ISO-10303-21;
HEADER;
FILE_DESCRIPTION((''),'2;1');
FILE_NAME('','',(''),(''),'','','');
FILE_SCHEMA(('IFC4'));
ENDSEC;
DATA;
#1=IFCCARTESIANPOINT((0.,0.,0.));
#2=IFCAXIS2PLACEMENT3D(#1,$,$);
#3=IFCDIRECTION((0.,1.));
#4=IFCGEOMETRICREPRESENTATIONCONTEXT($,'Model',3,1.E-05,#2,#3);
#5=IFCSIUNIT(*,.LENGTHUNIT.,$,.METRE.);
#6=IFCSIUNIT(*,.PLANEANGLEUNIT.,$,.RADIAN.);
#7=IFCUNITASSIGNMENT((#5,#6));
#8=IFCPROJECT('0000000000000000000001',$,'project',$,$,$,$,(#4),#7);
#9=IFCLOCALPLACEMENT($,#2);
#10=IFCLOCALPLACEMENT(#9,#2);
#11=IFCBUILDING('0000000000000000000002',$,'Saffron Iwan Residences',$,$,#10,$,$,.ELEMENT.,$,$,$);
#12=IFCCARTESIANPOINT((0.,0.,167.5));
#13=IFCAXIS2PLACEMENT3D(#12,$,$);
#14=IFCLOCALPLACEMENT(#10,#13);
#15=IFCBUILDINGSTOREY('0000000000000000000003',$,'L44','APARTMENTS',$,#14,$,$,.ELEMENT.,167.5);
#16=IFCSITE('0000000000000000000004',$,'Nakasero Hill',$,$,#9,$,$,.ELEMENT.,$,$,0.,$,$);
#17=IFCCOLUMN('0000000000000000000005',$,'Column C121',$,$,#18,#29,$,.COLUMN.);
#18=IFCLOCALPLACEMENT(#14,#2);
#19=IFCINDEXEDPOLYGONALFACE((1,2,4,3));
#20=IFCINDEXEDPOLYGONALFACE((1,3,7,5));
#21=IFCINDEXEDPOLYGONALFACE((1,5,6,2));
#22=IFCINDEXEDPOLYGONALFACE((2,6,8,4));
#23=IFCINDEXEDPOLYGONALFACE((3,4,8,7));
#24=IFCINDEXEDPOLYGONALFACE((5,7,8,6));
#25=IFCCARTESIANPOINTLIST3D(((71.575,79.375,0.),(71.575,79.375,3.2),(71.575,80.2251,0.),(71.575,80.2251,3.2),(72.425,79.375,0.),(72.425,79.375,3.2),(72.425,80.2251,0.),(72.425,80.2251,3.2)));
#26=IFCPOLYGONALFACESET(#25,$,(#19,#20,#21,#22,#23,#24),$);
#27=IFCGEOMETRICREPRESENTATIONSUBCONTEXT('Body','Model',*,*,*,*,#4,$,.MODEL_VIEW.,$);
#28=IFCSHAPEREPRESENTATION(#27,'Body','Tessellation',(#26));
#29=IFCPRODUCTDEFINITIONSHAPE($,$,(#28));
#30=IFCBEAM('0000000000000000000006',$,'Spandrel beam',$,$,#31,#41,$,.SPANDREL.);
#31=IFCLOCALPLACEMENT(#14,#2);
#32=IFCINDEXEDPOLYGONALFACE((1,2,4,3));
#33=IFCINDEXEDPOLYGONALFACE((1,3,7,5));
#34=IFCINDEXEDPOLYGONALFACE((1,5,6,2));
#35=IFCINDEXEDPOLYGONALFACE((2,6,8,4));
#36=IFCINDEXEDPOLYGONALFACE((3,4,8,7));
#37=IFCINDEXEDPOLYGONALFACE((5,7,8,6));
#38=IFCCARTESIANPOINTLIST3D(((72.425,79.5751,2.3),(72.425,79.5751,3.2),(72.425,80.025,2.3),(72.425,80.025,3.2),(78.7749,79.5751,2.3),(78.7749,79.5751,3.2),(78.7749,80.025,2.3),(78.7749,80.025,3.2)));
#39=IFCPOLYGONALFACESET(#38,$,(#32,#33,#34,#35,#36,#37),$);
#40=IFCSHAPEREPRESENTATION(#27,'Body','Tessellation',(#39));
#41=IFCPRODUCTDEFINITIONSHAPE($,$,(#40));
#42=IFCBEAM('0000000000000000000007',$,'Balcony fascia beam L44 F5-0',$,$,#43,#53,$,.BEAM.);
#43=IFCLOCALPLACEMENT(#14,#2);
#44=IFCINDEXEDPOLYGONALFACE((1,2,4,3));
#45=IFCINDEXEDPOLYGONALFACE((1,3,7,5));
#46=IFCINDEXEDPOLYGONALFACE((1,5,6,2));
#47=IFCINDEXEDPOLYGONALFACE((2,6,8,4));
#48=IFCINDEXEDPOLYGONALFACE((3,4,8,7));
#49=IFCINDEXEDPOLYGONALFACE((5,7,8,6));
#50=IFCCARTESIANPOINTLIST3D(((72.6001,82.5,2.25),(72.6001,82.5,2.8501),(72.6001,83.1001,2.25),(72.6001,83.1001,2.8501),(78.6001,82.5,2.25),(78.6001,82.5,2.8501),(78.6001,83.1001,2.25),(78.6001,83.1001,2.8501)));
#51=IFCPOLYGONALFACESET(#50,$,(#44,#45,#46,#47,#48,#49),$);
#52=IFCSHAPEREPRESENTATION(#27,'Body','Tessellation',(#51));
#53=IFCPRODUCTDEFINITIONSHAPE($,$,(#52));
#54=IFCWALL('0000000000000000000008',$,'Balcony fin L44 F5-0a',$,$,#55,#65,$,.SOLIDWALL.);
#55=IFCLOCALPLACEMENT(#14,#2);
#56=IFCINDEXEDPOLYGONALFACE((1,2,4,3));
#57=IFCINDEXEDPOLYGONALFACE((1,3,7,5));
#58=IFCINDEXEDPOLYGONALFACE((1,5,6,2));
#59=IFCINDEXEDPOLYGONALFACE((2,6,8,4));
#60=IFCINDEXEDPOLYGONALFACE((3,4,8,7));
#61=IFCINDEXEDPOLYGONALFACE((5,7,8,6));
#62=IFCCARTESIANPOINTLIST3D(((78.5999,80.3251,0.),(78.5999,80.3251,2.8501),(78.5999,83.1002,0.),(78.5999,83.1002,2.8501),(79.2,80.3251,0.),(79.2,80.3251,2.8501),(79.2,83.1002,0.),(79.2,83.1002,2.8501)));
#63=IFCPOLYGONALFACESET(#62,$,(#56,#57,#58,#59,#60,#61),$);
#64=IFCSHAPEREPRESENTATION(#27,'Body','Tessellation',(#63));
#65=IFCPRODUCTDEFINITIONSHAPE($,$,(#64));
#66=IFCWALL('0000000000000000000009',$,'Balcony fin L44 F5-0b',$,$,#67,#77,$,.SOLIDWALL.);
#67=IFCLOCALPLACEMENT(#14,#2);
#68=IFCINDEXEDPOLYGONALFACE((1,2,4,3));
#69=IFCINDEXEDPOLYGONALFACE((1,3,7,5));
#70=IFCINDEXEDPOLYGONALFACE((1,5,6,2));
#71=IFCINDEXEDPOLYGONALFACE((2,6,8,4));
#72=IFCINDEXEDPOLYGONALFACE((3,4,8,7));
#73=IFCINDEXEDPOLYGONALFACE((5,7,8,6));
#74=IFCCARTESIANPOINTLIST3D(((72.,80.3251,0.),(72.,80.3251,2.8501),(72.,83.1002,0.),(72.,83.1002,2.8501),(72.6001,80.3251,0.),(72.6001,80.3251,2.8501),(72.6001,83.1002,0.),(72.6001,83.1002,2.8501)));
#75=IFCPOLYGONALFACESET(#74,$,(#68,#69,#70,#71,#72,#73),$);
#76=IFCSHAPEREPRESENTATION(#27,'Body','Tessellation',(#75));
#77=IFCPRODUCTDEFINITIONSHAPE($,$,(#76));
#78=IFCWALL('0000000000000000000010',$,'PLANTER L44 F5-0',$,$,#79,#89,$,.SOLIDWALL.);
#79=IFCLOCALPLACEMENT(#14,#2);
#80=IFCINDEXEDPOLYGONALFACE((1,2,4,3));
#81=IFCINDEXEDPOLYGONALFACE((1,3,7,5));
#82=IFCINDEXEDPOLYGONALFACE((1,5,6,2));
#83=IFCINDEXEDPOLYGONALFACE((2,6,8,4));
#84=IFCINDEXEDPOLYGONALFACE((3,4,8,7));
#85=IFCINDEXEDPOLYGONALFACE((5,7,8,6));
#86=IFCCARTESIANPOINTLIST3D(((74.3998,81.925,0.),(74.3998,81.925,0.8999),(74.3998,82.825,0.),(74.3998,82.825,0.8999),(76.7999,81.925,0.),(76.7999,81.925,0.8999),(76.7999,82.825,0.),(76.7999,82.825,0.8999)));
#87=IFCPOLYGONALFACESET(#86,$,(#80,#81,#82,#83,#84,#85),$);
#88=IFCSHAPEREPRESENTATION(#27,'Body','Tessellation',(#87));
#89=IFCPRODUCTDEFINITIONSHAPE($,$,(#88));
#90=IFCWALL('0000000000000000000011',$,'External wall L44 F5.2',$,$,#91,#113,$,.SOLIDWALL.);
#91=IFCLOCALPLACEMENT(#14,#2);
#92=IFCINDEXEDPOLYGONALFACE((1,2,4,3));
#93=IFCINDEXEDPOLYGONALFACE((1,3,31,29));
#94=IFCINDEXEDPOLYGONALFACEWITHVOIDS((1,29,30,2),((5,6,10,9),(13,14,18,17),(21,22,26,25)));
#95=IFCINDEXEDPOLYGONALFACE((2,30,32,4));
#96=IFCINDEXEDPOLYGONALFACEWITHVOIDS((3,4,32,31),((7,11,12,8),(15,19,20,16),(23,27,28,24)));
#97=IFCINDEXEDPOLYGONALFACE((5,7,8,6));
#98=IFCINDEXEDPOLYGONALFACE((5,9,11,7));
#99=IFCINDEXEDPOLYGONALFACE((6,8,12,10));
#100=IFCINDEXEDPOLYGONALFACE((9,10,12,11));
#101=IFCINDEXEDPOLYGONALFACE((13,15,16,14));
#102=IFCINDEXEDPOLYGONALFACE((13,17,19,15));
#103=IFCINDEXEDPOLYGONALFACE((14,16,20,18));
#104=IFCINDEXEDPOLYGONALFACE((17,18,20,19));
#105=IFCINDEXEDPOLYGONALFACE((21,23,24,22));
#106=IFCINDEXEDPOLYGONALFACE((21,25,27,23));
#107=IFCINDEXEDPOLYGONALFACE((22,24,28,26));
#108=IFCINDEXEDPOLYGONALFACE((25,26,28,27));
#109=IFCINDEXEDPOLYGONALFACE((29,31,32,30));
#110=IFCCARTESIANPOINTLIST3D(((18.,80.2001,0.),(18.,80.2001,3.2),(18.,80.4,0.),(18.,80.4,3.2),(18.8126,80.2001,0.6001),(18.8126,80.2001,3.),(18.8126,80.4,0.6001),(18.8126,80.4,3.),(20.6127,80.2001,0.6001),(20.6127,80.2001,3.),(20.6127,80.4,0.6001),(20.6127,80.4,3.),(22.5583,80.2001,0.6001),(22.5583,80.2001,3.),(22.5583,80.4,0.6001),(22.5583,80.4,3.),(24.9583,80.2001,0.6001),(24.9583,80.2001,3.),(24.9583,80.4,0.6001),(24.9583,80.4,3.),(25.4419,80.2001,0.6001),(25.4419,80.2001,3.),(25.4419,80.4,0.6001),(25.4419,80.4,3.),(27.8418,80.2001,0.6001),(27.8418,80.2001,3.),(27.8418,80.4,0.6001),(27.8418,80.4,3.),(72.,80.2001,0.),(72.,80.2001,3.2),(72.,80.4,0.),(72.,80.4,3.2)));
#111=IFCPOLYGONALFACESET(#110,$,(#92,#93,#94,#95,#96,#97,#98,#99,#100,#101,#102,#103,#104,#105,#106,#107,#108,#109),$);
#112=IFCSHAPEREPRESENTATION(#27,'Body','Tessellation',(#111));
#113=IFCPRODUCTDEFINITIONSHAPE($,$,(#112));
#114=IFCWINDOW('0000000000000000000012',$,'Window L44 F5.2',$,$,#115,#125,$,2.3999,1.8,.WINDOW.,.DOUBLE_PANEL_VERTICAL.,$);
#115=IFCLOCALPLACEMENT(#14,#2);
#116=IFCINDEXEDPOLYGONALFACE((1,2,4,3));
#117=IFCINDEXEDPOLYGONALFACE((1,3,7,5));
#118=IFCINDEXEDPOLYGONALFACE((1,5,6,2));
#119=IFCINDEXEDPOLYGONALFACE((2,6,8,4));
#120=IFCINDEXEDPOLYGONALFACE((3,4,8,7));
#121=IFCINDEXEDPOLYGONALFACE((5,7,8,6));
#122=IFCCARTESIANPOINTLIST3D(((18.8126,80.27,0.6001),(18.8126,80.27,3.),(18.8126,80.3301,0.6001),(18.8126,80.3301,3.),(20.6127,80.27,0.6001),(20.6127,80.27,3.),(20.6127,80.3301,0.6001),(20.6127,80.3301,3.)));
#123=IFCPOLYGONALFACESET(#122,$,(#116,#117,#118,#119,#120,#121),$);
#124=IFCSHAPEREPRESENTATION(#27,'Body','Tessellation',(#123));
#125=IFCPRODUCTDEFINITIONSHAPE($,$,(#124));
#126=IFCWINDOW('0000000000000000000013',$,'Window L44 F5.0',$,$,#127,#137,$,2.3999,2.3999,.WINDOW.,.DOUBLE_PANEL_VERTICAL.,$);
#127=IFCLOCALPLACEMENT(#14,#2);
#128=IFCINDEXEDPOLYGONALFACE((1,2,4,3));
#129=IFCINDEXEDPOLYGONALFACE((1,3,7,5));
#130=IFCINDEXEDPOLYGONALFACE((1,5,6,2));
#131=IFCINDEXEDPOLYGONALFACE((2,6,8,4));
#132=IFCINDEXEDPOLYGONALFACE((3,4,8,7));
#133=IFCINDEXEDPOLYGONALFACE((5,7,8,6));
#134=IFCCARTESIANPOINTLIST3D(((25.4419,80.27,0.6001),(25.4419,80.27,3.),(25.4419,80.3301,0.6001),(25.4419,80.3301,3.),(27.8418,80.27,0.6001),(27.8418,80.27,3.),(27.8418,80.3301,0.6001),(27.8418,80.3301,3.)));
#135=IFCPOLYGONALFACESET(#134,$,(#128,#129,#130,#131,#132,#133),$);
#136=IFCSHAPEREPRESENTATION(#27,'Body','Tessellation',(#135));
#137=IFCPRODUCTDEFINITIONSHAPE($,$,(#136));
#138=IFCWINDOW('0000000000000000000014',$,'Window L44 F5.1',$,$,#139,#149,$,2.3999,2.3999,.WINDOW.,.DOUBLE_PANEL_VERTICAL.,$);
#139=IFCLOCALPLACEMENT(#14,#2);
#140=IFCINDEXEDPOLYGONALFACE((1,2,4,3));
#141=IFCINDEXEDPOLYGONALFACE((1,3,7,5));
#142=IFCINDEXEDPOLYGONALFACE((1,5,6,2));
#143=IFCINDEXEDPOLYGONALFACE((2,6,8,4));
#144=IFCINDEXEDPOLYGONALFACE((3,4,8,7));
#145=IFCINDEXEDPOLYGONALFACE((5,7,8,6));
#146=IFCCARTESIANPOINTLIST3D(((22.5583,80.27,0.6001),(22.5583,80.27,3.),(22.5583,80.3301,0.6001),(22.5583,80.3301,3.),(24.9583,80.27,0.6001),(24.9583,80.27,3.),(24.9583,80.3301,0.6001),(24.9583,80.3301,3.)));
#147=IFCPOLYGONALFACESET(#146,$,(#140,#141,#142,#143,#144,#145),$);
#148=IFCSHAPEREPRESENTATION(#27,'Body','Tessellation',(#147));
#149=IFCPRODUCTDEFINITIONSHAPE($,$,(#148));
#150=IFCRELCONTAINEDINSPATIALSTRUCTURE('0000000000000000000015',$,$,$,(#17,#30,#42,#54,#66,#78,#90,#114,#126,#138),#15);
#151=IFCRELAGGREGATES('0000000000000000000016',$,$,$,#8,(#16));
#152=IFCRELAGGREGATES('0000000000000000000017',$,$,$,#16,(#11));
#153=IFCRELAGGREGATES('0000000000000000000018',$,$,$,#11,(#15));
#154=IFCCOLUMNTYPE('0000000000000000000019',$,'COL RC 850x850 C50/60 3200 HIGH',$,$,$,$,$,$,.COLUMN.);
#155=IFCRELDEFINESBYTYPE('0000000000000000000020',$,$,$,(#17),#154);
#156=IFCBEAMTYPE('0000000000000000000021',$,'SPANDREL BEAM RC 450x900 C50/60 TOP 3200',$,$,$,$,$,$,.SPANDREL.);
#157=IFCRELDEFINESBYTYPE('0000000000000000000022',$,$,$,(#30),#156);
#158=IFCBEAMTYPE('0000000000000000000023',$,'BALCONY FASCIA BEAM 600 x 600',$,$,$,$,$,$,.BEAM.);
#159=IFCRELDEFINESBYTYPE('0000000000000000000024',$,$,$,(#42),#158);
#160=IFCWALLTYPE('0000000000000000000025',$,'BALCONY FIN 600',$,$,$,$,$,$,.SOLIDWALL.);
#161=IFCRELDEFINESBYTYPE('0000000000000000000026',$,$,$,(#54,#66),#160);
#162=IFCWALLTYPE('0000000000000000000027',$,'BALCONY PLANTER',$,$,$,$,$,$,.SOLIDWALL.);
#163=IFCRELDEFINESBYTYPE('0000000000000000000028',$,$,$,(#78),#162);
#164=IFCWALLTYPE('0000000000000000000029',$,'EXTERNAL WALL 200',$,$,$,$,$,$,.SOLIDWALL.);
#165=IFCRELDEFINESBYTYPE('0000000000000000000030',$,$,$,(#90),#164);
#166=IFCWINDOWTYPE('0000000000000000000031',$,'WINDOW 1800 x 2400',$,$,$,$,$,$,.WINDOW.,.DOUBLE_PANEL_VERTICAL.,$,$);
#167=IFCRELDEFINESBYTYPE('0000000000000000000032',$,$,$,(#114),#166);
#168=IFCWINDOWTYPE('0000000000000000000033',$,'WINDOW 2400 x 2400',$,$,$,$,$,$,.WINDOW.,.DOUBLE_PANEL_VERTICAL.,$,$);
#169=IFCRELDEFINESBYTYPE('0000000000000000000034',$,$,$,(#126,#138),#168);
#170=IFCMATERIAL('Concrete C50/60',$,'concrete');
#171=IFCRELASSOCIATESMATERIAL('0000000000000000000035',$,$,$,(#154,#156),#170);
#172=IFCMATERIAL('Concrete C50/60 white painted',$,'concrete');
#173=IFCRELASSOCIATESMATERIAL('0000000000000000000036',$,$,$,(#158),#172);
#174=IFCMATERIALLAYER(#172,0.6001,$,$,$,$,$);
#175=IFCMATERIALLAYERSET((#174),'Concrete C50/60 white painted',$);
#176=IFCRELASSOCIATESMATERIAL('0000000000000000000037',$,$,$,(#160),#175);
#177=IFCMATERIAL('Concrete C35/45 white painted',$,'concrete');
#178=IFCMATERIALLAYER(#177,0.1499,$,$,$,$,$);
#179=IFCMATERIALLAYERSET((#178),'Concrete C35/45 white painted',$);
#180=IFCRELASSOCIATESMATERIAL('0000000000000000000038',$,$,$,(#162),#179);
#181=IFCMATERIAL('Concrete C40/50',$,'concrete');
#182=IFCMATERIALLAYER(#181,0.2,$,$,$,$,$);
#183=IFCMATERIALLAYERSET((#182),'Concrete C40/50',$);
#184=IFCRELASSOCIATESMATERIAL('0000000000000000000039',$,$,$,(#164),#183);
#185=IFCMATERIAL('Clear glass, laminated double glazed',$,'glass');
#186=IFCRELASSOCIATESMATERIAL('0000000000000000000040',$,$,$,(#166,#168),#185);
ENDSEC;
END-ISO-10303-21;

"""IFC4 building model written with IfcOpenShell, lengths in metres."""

from ifc_helpers import new_model, si_unit, direction, frame, frame_2d, origin, origin_2d, place, context, subcontext, project, spatial, rectangle, extrude, source, transform, mapped, material, layer, layer_set, material_profile, profile_set, type_object, element, fill, save


model = new_model("IFC4")

# Units and contexts
model_context = context("Model", 3, precision=1e-05, world=origin(), true_north=direction((0.0, 1.0)))
body_context = subcontext(model_context, "Body", "Model", "MODEL_VIEW")
ifc_project = project(units=[si_unit("LENGTHUNIT", "METRE"), si_unit("PLANEANGLEUNIT", "RADIAN")], contexts=[model_context])

# Site, building, storey
site_placement = place(None, origin())
site = spatial("IfcSite", under=ifc_project, at=site_placement, Name="Nakasero Hill", CompositionType="ELEMENT", RefElevation=0.0)
building_placement = place(site_placement, origin())
building = spatial("IfcBuilding", under=site, at=building_placement, Name="Saffron Iwan Residences", CompositionType="ELEMENT")
storey_placement = place(building_placement, frame((0.0, 0.0, 167.5)))
storey = spatial("IfcBuildingStorey", under=building, at=storey_placement, Name="L44", Description="APARTMENTS", CompositionType="ELEMENT", Elevation=167.5)

# Column
ifc_material_1 = material(Name="Concrete C50/60", Category="concrete")
ifc_material_profile_1 = material_profile(ifc_material_1, rectangle(XDim=0.8501, YDim=0.8501, at=origin_2d()), Name="RC 850x850")
ifc_profile_set_1 = profile_set([ifc_material_profile_1], Name="Concrete C50/60")
column_type = type_object("IfcColumnType", Name="COL RC 850x850 C50/60 3200 HIGH", PredefinedType="COLUMN", material=ifc_profile_set_1)
shared_shape_1 = source(origin(), body_context, "Body", "SweptSolid", [
    extrude(rectangle(XDim=0.8501, YDim=0.8501, at=origin_2d()), origin(), (0.0, 0.0, 1.0), 3.2),
])
column_placement = place(storey_placement, frame((72.0, 79.8, 0.0), z_axis=(0.0, 0.0, 1.0), x_axis=(1.0, 0.0, 0.0)))
element("IfcColumn", 1, at=column_placement, inside=storey, type_object=column_type, Name="Column C121", PredefinedType="COLUMN", context=body_context, shape_type="MappedRepresentation", body=[
    mapped(shared_shape_1, transform((0.0, 0.0, 0.0))),
])

# Beams
ifc_material_profile_2 = material_profile(ifc_material_1, rectangle(XDim=0.45, YDim=0.8999, at=origin_2d()), Name="RC 450x900")
ifc_profile_set_2 = profile_set([ifc_material_profile_2], Name="Concrete C50/60")
beam_type_1 = type_object("IfcBeamType", Name="SPANDREL BEAM RC 450x900 C50/60 TOP 3200", PredefinedType="SPANDREL", material=ifc_profile_set_2)
shared_shape_2 = source(origin(), body_context, "Body", "SweptSolid", [
    extrude(rectangle(XDim=0.45, YDim=0.8999, at=origin_2d()), origin(), (0.0, 0.0, 1.0), 6.3499),
])
beam_1_placement = place(storey_placement, frame((72.425, 79.8, 2.75), z_axis=(1.0, 0.0, 0.0), x_axis=(0.0, 1.0, 0.0)))
element("IfcBeam", 2, at=beam_1_placement, inside=storey, type_object=beam_type_1, Name="Spandrel beam", PredefinedType="SPANDREL", context=body_context, shape_type="MappedRepresentation", body=[
    mapped(shared_shape_2, transform((0.0, 0.0, 0.0))),
])
ifc_material_2 = material(Name="Concrete C50/60 white painted", Category="concrete")
ifc_material_profile_3 = material_profile(ifc_material_2, rectangle(XDim=0.6001, YDim=0.6001, at=origin_2d()), Name="BALCONY FASCIA BEAM 600 x 600")
ifc_profile_set_3 = profile_set([ifc_material_profile_3], Name="Concrete C50/60 white painted")
beam_type_2 = type_object("IfcBeamType", Name="BALCONY FASCIA BEAM 600 x 600", PredefinedType="BEAM", material=ifc_profile_set_3)
shared_shape_3 = source(origin(), body_context, "Body", "SweptSolid", [
    extrude(rectangle(XDim=0.6001, YDim=0.6001, at=origin_2d()), origin(), (0.0, 0.0, 1.0), 6.0),
])
beam_2_placement = place(storey_placement, frame((78.6001, 82.8, 2.55), z_axis=(-1.0, 0.0, 0.0), x_axis=(0.0, -1.0, 0.0)))
element("IfcBeam", 3, at=beam_2_placement, inside=storey, type_object=beam_type_2, Name="Balcony fascia beam L44 F5-0", PredefinedType="BEAM", context=body_context, shape_type="MappedRepresentation", body=[
    mapped(shared_shape_3, transform((0.0, 0.0, 0.0))),
])

# Walls
ifc_layer_1 = layer(ifc_material_2, 0.6001)
ifc_layer_set_1 = layer_set([ifc_layer_1], Name="Concrete C50/60 white painted")
wall_type_1 = type_object("IfcWallType", Name="BALCONY FIN 600", PredefinedType="SOLIDWALL", material=ifc_layer_set_1)
for number, where, z_axis, x_axis, name in (
    (4, (78.8999, 80.325, 0.0), (0.0, 0.0, 1.0), (0.0, 1.0, 0.0), "Balcony fin L44 F5-0a"),
    (5, (72.3, 80.325, 0.0), (0.0, 0.0, 1.0), (0.0, 1.0, 0.0), "Balcony fin L44 F5-0b"),
):
    element("IfcWall", number, at=place(storey_placement, frame(where, z_axis=z_axis, x_axis=x_axis)), inside=storey, type_object=wall_type_1, Name=name, PredefinedType="SOLIDWALL", context=body_context, shape_type="SweptSolid", body=[
        extrude(rectangle(XDim=2.7751, YDim=0.6001, at=frame_2d((1.3877, 0.0))), origin(), (0.0, 0.0, 1.0), 2.8501),
    ])
ifc_material_3 = material(Name="Concrete C35/45 white painted", Category="concrete")
ifc_layer_2 = layer(ifc_material_3, 0.1499)
ifc_layer_set_2 = layer_set([ifc_layer_2], Name="Concrete C35/45 white painted")
wall_type_2 = type_object("IfcWallType", Name="BALCONY PLANTER", PredefinedType="SOLIDWALL", material=ifc_layer_set_2)
wall_1_placement = place(storey_placement, frame((76.8, 82.375, 0.0), z_axis=(0.0, 0.0, 1.0), x_axis=(-1.0, 0.0, 0.0)))
element("IfcWall", 6, at=wall_1_placement, inside=storey, type_object=wall_type_2, Name="PLANTER L44 F5-0", PredefinedType="SOLIDWALL", context=body_context, shape_type="SweptSolid", body=[
    extrude(rectangle(XDim=2.4001, YDim=0.8999, at=frame_2d((1.2002, 0.0))), origin(), (0.0, 0.0, 1.0), 0.8999),
])

# Shared definitions
ifc_material_4 = material(Name="Concrete C40/50", Category="concrete")
ifc_layer_3 = layer(ifc_material_4, 0.2)
ifc_layer_set_3 = layer_set([ifc_layer_3], Name="Concrete C40/50")
wall_type_3 = type_object("IfcWallType", Name="EXTERNAL WALL 200", PredefinedType="SOLIDWALL", material=ifc_layer_set_3)
ifc_material_5 = material(Name="Clear glass, laminated double glazed", Category="glass")

# Wall, openings, windows
wall_2_placement = place(storey_placement, frame((72.0, 80.3, 0.0), z_axis=(0.0, 0.0, 1.0), x_axis=(-1.0, 0.0, 0.0)))
wall_2 = element("IfcWall", 7, at=wall_2_placement, inside=storey, type_object=wall_type_3, Name="External wall L44 F5.2", PredefinedType="SOLIDWALL", context=body_context, shape_type="SweptSolid", body=[
    extrude(rectangle(XDim=54.0, YDim=0.2, at=frame_2d((27.0, 0.0))), origin(), (0.0, 0.0, 1.0), 3.2),
])
opening_1_placement = place(wall_2_placement, frame((44.1582, 0.0, 0.6001)))
opening_1 = element("IfcOpeningElement", 8, at=opening_1_placement, cuts=wall_2, PredefinedType="OPENING", context=body_context, shape_type="SweptSolid", body=[
    extrude(rectangle(XDim=2.3999, YDim=2.3999, at=frame_2d((1.2, 1.2))), frame((0.0, 0.1099, 0.0), z_axis=(0.0, -1.0, 0.0), x_axis=(1.0, 0.0, 0.0)), (0.0, 0.0, 1.0), 0.22),
])
opening_2_placement = place(wall_2_placement, frame((47.0417, 0.0, 0.6001)))
opening_2 = element("IfcOpeningElement", 9, at=opening_2_placement, cuts=wall_2, PredefinedType="OPENING", context=body_context, shape_type="SweptSolid", body=[
    extrude(rectangle(XDim=2.3999, YDim=2.3999, at=frame_2d((1.2, 1.2))), frame((0.0, 0.1099, 0.0), z_axis=(0.0, -1.0, 0.0), x_axis=(1.0, 0.0, 0.0)), (0.0, 0.0, 1.0), 0.22),
])
opening_3_placement = place(wall_2_placement, frame((51.3875, 0.0, 0.6001)))
opening_3 = element("IfcOpeningElement", 10, at=opening_3_placement, cuts=wall_2, PredefinedType="OPENING", context=body_context, shape_type="SweptSolid", body=[
    extrude(rectangle(XDim=1.8, YDim=2.3999, at=frame_2d((0.8999, 1.2))), frame((0.0, 0.1099, 0.0), z_axis=(0.0, -1.0, 0.0), x_axis=(1.0, 0.0, 0.0)), (0.0, 0.0, 1.0), 0.22),
])
window_type_1 = type_object("IfcWindowType", Name="WINDOW 1800 x 2400", PartitioningType="DOUBLE_PANEL_VERTICAL", PredefinedType="WINDOW", material=ifc_material_5)
window_1_placement = place(opening_3_placement, origin())
window_1 = element("IfcWindow", 11, at=window_1_placement, inside=storey, type_object=window_type_1, Name="Window L44 F5.2", OverallHeight=2.3999, OverallWidth=1.8, PartitioningType="DOUBLE_PANEL_VERTICAL", PredefinedType="WINDOW", context=body_context, shape_type="SweptSolid", body=[
    extrude(rectangle(XDim=1.8, YDim=2.3999, at=frame_2d((0.8999, 1.2))), frame((0.0, 0.03, 0.0), z_axis=(0.0, -1.0, 0.0), x_axis=(1.0, 0.0, 0.0)), (0.0, 0.0, 1.0), 0.0601),
])
fill(opening_3, window_1)
window_type_2 = type_object("IfcWindowType", Name="WINDOW 2400 x 2400", PartitioningType="DOUBLE_PANEL_VERTICAL", PredefinedType="WINDOW", material=ifc_material_5)
window_2_placement = place(opening_1_placement, origin())
window_2 = element("IfcWindow", 12, at=window_2_placement, inside=storey, type_object=window_type_2, Name="Window L44 F5.0", OverallHeight=2.3999, OverallWidth=2.3999, PartitioningType="DOUBLE_PANEL_VERTICAL", PredefinedType="WINDOW", context=body_context, shape_type="SweptSolid", body=[
    extrude(rectangle(XDim=2.3999, YDim=2.3999, at=frame_2d((1.2, 1.2))), frame((0.0, 0.03, 0.0), z_axis=(0.0, -1.0, 0.0), x_axis=(1.0, 0.0, 0.0)), (0.0, 0.0, 1.0), 0.0601),
])
fill(opening_1, window_2)
window_3_placement = place(opening_2_placement, origin())
window_3 = element("IfcWindow", 13, at=window_3_placement, inside=storey, type_object=window_type_2, Name="Window L44 F5.1", OverallHeight=2.3999, OverallWidth=2.3999, PartitioningType="DOUBLE_PANEL_VERTICAL", PredefinedType="WINDOW", context=body_context, shape_type="SweptSolid", body=[
    extrude(rectangle(XDim=2.3999, YDim=2.3999, at=frame_2d((1.2, 1.2))), frame((0.0, 0.03, 0.0), z_axis=(0.0, -1.0, 0.0), x_axis=(1.0, 0.0, 0.0)), (0.0, 0.0, 1.0), 0.0601),
])
fill(opening_2, window_3)

save(model, "model.ifc")
